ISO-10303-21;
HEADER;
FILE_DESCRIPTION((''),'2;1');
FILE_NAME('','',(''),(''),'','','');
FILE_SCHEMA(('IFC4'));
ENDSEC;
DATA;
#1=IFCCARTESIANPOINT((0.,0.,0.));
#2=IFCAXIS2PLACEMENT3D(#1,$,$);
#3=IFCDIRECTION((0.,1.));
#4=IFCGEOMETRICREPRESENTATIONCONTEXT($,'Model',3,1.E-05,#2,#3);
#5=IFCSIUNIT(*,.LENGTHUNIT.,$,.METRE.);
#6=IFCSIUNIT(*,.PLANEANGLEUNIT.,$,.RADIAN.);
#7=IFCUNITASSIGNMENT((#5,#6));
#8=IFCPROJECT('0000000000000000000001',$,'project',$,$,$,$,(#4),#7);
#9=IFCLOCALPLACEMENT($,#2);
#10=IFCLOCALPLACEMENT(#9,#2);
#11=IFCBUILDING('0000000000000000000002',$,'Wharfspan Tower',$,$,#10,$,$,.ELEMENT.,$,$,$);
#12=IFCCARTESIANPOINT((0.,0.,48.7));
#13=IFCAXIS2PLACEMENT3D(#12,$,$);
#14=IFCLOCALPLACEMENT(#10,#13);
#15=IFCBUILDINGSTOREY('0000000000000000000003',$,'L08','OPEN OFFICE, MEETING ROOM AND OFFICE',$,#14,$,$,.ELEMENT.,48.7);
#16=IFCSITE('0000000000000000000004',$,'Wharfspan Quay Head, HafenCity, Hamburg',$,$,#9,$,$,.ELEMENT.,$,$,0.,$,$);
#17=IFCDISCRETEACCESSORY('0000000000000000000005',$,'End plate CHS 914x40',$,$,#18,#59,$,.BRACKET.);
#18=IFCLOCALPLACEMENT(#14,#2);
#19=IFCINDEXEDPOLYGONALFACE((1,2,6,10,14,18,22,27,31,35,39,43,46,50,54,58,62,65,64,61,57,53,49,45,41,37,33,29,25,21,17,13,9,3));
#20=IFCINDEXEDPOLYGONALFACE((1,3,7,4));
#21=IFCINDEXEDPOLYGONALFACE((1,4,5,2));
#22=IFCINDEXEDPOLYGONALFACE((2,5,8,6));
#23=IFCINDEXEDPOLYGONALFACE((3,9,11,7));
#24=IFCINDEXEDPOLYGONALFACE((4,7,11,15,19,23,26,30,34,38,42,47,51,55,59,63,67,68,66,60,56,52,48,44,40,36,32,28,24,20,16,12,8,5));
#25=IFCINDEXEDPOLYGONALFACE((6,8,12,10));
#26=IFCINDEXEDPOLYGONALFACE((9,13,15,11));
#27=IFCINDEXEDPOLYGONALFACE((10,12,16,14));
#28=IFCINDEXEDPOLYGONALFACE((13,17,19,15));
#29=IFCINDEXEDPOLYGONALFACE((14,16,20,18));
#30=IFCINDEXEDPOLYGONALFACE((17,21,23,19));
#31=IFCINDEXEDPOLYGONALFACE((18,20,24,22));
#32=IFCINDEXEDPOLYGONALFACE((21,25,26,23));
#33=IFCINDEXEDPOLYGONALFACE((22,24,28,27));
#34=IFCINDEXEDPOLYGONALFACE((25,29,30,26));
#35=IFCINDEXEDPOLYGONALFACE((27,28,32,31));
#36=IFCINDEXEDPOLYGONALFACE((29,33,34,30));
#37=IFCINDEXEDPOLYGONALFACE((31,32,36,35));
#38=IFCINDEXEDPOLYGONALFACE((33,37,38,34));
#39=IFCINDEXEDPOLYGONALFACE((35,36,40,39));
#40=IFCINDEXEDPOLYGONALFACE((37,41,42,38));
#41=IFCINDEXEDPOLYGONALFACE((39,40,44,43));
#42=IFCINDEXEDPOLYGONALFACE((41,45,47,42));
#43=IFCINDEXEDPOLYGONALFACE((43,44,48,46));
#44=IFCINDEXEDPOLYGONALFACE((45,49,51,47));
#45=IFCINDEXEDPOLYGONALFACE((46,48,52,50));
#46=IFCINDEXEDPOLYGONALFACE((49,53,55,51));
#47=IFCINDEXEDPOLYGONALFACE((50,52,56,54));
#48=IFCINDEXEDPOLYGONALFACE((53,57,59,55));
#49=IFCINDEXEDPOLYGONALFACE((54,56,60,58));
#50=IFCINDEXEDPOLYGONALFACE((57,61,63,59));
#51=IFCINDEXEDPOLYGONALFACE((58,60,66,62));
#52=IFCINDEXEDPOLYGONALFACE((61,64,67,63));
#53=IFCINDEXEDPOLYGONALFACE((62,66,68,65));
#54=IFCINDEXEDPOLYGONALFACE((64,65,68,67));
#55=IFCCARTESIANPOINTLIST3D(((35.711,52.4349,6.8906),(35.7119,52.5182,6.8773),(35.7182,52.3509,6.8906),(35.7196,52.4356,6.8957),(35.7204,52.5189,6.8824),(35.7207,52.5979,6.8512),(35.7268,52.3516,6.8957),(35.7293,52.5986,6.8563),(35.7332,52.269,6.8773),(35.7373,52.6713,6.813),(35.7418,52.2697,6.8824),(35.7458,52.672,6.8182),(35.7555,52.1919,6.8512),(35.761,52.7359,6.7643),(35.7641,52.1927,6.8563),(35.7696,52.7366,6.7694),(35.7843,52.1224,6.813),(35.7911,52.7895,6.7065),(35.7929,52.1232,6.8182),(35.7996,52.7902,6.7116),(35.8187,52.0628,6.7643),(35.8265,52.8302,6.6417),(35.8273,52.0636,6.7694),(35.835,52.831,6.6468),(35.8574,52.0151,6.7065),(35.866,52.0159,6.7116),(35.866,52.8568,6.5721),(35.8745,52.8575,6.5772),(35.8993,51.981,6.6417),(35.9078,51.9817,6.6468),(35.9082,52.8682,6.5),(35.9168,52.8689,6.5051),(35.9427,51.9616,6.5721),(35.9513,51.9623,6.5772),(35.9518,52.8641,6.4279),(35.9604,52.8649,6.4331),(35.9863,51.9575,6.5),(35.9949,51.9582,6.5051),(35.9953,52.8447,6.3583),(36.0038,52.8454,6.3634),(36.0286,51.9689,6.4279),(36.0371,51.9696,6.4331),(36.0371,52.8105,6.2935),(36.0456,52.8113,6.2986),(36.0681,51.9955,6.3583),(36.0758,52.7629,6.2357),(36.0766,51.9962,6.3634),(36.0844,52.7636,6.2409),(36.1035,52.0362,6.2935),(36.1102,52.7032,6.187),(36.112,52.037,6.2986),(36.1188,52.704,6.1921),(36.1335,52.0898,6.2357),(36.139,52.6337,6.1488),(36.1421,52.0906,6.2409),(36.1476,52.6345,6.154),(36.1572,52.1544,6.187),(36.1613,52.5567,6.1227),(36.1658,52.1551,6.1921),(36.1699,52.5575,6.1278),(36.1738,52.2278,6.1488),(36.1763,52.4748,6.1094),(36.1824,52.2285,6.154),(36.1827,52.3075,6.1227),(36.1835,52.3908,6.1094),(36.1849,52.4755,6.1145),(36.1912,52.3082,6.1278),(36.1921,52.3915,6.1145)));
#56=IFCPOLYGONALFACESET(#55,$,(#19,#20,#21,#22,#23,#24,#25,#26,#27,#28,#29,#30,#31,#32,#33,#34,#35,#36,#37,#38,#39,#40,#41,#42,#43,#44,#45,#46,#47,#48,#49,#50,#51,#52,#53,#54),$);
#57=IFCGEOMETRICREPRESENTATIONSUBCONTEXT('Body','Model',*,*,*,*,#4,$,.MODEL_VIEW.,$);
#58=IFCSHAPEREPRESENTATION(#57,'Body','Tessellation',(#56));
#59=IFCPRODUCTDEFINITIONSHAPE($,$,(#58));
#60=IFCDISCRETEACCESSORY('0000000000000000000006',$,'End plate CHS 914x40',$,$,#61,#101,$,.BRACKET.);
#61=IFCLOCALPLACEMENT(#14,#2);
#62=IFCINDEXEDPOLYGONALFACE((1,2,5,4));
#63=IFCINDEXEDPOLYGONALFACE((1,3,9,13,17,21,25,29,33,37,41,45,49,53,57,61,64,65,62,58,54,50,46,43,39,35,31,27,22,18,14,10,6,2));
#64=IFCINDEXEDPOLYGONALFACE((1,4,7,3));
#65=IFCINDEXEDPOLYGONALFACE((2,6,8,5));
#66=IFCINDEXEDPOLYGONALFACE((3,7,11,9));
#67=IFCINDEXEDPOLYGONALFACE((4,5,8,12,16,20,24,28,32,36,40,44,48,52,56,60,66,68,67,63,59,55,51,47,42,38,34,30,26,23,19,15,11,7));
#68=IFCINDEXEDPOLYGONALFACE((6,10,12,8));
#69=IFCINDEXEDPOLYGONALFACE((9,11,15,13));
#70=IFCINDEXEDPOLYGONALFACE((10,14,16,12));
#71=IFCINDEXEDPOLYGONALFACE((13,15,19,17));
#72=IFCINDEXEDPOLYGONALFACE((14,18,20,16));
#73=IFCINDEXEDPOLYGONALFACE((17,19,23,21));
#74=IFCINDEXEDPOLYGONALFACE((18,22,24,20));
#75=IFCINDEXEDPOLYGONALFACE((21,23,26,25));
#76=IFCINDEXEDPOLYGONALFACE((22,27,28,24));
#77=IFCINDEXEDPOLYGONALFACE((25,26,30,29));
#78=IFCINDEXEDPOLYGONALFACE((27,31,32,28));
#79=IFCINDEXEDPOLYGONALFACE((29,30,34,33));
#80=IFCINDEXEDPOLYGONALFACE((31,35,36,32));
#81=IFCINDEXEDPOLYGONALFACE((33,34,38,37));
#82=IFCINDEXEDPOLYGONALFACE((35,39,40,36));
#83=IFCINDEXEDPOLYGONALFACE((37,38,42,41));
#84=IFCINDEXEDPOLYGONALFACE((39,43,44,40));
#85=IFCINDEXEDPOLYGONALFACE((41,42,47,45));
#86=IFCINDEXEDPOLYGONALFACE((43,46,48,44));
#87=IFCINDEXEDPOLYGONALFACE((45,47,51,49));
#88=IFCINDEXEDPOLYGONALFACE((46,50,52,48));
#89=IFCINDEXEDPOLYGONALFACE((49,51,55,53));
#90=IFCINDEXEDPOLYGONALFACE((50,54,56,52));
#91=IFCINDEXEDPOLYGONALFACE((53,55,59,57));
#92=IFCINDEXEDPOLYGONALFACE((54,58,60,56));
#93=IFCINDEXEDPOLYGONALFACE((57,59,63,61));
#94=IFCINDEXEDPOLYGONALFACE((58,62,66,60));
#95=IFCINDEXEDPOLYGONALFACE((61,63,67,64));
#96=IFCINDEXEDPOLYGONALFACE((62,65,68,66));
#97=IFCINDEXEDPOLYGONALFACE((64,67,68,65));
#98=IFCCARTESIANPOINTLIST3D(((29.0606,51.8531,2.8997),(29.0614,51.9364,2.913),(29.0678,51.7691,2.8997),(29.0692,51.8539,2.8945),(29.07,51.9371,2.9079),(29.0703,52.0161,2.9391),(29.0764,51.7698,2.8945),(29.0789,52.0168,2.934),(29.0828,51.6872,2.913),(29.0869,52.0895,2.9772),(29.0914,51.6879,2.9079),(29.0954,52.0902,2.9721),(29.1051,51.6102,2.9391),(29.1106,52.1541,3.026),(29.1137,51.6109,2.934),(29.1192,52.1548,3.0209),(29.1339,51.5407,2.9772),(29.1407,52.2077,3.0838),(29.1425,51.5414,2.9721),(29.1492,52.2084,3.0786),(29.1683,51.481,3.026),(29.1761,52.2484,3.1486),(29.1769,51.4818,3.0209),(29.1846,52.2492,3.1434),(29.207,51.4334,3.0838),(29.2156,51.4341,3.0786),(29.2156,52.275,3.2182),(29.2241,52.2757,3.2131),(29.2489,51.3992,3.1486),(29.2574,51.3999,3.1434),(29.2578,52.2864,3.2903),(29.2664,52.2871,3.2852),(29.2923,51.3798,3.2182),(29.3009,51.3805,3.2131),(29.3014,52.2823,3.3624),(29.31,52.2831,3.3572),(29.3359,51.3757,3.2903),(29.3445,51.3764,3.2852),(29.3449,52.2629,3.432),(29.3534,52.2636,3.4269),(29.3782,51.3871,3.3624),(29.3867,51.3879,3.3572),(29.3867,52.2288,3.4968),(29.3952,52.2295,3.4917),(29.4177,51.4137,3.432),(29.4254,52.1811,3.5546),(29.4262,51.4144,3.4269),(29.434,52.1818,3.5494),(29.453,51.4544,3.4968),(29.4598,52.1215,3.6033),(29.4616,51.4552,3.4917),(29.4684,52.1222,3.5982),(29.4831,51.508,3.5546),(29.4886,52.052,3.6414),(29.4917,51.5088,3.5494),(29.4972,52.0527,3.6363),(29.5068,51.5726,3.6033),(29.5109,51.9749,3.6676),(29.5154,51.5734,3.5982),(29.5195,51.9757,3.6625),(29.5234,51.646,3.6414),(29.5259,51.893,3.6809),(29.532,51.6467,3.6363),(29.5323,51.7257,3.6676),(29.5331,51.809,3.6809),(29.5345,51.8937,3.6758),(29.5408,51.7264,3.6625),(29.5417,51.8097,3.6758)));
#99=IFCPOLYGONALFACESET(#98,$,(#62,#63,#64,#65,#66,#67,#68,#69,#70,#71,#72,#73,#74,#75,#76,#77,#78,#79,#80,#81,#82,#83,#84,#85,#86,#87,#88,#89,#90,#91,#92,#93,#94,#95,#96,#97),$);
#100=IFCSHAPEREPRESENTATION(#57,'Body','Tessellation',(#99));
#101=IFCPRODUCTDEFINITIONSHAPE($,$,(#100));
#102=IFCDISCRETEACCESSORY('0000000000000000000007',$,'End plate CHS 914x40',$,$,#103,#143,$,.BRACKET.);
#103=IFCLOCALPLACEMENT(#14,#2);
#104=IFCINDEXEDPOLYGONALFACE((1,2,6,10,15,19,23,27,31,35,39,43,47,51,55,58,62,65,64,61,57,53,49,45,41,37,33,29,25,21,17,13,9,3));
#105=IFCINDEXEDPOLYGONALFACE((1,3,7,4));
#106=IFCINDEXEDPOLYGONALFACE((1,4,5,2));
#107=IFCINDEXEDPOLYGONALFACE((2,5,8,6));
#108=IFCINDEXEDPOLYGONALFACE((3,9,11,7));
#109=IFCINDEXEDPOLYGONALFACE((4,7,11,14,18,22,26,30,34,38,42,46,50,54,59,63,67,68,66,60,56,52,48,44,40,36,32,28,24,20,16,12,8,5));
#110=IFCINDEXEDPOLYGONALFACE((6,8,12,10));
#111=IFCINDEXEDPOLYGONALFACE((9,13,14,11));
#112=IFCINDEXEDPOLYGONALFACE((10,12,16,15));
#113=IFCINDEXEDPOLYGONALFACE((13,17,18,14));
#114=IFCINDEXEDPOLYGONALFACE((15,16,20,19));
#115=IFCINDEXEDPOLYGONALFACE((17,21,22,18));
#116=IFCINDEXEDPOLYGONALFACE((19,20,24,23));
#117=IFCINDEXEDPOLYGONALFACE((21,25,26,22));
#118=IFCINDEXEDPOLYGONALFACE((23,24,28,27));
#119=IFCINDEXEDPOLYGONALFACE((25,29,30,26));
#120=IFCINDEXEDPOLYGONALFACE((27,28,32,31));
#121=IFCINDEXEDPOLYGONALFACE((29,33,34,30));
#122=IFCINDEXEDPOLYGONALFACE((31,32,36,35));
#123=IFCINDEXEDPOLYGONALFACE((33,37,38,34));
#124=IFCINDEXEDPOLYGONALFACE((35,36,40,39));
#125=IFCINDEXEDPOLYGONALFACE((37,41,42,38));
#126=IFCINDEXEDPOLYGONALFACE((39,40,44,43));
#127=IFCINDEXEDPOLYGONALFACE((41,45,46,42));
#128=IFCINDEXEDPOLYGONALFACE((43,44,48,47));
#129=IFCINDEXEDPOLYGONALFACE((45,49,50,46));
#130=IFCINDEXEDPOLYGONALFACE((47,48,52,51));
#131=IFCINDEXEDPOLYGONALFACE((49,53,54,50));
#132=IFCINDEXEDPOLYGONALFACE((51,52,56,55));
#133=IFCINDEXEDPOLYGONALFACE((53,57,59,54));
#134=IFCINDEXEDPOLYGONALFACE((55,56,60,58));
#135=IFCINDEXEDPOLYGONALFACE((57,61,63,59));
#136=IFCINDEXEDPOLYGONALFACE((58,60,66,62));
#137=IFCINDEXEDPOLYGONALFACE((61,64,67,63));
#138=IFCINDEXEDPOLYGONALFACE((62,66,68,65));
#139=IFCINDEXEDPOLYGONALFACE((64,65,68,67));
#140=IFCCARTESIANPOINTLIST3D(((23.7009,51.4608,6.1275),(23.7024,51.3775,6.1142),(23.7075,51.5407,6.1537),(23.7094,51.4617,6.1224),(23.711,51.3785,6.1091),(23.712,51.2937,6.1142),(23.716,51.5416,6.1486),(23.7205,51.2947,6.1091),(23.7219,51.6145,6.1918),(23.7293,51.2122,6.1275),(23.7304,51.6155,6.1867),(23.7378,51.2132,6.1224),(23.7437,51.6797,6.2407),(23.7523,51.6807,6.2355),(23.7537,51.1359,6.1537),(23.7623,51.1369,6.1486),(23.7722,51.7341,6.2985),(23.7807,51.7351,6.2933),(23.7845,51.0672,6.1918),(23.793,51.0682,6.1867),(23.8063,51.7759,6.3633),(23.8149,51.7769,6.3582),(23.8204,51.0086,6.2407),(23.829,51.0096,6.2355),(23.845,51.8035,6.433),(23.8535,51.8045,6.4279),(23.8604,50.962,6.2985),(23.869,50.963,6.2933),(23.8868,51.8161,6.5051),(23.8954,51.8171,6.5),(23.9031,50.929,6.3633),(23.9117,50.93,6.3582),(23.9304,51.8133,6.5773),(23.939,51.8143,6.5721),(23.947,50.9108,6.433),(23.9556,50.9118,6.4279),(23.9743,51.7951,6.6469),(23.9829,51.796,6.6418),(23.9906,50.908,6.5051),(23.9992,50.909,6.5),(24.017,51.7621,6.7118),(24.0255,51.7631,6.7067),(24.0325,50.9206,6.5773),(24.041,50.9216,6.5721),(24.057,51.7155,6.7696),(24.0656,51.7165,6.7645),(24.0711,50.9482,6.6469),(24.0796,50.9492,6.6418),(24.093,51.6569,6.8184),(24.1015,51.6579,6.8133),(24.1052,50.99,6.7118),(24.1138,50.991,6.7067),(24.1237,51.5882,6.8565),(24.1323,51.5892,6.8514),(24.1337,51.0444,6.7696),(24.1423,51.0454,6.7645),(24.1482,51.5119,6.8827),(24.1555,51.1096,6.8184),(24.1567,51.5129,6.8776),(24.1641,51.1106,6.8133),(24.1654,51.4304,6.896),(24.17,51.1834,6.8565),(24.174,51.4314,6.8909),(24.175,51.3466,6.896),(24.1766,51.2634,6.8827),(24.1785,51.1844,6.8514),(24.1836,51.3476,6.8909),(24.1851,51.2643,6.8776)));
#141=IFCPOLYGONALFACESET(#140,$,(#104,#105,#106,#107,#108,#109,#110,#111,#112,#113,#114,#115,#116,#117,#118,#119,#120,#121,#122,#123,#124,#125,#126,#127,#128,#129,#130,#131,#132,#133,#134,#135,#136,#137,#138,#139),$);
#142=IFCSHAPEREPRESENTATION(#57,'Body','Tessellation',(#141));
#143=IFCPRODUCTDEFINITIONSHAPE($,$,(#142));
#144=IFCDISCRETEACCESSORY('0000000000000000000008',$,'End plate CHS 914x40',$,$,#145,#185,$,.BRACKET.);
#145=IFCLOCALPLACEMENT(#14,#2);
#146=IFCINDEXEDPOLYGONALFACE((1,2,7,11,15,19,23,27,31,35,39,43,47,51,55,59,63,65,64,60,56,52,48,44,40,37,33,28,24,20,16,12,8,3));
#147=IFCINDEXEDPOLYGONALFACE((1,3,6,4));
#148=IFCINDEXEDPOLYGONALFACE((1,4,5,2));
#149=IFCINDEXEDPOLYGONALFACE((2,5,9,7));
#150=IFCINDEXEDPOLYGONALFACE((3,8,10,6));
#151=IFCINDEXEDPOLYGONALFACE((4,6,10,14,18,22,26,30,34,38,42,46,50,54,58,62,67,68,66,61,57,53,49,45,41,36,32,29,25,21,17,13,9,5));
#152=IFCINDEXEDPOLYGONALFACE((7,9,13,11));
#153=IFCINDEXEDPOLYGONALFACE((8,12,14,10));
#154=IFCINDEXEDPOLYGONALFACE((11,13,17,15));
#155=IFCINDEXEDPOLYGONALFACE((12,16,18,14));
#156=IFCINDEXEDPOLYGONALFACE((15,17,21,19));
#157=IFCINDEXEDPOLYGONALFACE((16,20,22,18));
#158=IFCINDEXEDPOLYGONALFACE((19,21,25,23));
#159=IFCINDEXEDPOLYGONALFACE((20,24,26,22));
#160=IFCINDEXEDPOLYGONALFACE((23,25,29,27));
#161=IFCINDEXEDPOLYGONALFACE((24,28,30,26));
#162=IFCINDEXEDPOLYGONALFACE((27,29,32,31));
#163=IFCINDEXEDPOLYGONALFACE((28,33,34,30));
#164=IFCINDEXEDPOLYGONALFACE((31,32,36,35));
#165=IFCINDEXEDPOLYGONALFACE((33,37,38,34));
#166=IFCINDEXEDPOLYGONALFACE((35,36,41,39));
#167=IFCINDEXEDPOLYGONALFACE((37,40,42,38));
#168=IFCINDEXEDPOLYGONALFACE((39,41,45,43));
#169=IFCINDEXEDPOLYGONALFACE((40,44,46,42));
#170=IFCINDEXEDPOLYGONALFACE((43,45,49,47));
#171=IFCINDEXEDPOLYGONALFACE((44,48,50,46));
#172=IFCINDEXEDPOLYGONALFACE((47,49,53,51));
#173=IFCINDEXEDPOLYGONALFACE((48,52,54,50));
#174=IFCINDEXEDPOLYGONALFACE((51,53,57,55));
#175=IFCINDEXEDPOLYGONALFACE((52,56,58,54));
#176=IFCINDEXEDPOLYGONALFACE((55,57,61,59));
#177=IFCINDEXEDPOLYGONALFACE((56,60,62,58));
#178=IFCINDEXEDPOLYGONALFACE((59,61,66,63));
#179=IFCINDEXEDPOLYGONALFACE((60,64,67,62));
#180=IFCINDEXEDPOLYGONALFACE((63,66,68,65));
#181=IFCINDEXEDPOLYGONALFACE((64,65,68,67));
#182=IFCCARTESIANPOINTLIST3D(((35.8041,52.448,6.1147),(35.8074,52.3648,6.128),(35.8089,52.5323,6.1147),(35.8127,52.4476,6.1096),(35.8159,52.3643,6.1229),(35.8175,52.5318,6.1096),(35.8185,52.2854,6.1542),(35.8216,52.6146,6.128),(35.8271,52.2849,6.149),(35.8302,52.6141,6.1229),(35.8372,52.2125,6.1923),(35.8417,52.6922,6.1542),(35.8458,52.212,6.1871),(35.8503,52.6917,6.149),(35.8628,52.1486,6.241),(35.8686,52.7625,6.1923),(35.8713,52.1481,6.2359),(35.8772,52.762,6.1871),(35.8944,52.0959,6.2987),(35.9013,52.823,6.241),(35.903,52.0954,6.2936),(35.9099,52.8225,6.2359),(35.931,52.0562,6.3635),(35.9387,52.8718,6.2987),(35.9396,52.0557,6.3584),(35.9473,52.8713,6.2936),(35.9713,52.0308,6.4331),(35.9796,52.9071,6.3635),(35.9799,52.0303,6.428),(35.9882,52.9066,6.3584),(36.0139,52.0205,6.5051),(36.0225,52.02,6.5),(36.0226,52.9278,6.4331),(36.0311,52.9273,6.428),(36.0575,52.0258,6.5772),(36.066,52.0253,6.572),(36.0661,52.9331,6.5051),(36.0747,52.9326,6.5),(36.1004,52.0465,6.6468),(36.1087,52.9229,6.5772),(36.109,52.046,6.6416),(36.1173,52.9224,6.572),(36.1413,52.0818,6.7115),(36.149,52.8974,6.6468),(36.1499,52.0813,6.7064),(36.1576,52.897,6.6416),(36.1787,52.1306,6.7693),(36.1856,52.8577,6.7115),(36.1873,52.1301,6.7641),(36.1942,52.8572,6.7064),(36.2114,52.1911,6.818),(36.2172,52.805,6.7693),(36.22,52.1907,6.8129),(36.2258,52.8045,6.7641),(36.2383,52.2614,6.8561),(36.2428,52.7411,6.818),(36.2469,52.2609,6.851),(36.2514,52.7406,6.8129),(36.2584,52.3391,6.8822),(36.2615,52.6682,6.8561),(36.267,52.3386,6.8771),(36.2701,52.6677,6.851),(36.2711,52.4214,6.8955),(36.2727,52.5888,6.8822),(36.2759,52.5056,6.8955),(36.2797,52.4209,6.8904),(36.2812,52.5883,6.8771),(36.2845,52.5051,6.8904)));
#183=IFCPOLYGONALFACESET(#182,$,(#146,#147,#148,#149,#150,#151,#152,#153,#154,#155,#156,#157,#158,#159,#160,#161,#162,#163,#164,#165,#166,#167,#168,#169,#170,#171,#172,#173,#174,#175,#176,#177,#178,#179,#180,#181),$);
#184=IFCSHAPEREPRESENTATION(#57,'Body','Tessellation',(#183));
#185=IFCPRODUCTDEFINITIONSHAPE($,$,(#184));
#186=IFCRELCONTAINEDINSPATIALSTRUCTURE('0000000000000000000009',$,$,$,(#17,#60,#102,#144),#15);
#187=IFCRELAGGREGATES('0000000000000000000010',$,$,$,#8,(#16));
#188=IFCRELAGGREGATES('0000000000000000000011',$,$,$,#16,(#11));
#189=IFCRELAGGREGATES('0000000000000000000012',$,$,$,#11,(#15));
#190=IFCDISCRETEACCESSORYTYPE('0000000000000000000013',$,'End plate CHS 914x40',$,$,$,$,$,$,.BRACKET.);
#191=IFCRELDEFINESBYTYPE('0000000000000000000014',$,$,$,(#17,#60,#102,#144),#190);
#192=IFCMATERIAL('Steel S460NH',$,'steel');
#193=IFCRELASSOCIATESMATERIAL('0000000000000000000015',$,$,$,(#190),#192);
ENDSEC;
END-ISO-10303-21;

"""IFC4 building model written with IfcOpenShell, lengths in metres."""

from ifc_helpers import new_model, si_unit, direction, frame, origin, origin_2d, place, context, subcontext, project, spatial, circle, extrude, material, material_profile, profile_set, type_object, element, save


model = new_model("IFC4")

# Units and contexts
model_context = context("Model", 3, precision=1e-05, world=origin(), true_north=direction((0.0, 1.0)))
body_context = subcontext(model_context, "Body", "Model", "MODEL_VIEW")
ifc_project = project(units=[si_unit("LENGTHUNIT", "METRE"), si_unit("PLANEANGLEUNIT", "RADIAN")], contexts=[model_context])

# Site, building, storey
site_placement = place(None, origin())
site = spatial("IfcSite", under=ifc_project, at=site_placement, Name="Wharfspan Quay Head, HafenCity, Hamburg", CompositionType="ELEMENT", RefElevation=0.0)
building_placement = place(site_placement, origin())
building = spatial("IfcBuilding", under=site, at=building_placement, Name="Wharfspan Tower", CompositionType="ELEMENT")
storey_placement = place(building_placement, frame((0.0, 0.0, 48.7)))
storey = spatial("IfcBuildingStorey", under=building, at=storey_placement, Name="L08", Description="OPEN OFFICE, MEETING ROOM AND OFFICE", CompositionType="ELEMENT", Elevation=48.7)

# Shared definitions
ifc_material_1 = material(Name="Steel S460NH", Category="steel")

# Discrete accessories
ifc_material_profile_1 = material_profile(ifc_material_1, circle(Radius=0.457, at=origin_2d()))
ifc_profile_set_1 = profile_set([ifc_material_profile_1], Name="Steel S460NH")
discrete_accessory_type = type_object("IfcDiscreteAccessoryType", Name="End plate CHS 914x40", PredefinedType="BRACKET", material=ifc_profile_set_1)
for number, where, z_axis, x_axis, name in (
    (1, (35.9473, 52.4128, 6.5), (0.855186, 0.073302, 0.513112), (-0.085402, 0.996345, 0.000001), "End plate CHS 914x40"),
    (2, (29.3054, 51.8318, 3.2852), (-0.855186, -0.073302, 0.513112), (0.085402, -0.996345, 0.000001), "End plate CHS 914x40"),
    (3, (23.9473, 51.363, 6.5), (-0.853405, -0.097532, 0.512043), (0.113547, -0.993531, 0.000001), "End plate CHS 914x40"),
    (4, (36.0486, 52.4763, 6.5), (-0.856465, 0.048941, 0.513879), (-0.05705, -0.998372, 0.0), "End plate CHS 914x40"),
):
    element("IfcDiscreteAccessory", number, at=place(storey_placement, frame(where, z_axis=z_axis, x_axis=x_axis)), inside=storey, type_object=discrete_accessory_type, Name=name, PredefinedType="BRACKET", context=body_context, shape_type="SweptSolid", body=[
        extrude(circle(Radius=0.457, at=origin_2d()), origin(), (0.0, 0.0, 1.0), 0.01),
    ])

save(model, "model.ifc")
